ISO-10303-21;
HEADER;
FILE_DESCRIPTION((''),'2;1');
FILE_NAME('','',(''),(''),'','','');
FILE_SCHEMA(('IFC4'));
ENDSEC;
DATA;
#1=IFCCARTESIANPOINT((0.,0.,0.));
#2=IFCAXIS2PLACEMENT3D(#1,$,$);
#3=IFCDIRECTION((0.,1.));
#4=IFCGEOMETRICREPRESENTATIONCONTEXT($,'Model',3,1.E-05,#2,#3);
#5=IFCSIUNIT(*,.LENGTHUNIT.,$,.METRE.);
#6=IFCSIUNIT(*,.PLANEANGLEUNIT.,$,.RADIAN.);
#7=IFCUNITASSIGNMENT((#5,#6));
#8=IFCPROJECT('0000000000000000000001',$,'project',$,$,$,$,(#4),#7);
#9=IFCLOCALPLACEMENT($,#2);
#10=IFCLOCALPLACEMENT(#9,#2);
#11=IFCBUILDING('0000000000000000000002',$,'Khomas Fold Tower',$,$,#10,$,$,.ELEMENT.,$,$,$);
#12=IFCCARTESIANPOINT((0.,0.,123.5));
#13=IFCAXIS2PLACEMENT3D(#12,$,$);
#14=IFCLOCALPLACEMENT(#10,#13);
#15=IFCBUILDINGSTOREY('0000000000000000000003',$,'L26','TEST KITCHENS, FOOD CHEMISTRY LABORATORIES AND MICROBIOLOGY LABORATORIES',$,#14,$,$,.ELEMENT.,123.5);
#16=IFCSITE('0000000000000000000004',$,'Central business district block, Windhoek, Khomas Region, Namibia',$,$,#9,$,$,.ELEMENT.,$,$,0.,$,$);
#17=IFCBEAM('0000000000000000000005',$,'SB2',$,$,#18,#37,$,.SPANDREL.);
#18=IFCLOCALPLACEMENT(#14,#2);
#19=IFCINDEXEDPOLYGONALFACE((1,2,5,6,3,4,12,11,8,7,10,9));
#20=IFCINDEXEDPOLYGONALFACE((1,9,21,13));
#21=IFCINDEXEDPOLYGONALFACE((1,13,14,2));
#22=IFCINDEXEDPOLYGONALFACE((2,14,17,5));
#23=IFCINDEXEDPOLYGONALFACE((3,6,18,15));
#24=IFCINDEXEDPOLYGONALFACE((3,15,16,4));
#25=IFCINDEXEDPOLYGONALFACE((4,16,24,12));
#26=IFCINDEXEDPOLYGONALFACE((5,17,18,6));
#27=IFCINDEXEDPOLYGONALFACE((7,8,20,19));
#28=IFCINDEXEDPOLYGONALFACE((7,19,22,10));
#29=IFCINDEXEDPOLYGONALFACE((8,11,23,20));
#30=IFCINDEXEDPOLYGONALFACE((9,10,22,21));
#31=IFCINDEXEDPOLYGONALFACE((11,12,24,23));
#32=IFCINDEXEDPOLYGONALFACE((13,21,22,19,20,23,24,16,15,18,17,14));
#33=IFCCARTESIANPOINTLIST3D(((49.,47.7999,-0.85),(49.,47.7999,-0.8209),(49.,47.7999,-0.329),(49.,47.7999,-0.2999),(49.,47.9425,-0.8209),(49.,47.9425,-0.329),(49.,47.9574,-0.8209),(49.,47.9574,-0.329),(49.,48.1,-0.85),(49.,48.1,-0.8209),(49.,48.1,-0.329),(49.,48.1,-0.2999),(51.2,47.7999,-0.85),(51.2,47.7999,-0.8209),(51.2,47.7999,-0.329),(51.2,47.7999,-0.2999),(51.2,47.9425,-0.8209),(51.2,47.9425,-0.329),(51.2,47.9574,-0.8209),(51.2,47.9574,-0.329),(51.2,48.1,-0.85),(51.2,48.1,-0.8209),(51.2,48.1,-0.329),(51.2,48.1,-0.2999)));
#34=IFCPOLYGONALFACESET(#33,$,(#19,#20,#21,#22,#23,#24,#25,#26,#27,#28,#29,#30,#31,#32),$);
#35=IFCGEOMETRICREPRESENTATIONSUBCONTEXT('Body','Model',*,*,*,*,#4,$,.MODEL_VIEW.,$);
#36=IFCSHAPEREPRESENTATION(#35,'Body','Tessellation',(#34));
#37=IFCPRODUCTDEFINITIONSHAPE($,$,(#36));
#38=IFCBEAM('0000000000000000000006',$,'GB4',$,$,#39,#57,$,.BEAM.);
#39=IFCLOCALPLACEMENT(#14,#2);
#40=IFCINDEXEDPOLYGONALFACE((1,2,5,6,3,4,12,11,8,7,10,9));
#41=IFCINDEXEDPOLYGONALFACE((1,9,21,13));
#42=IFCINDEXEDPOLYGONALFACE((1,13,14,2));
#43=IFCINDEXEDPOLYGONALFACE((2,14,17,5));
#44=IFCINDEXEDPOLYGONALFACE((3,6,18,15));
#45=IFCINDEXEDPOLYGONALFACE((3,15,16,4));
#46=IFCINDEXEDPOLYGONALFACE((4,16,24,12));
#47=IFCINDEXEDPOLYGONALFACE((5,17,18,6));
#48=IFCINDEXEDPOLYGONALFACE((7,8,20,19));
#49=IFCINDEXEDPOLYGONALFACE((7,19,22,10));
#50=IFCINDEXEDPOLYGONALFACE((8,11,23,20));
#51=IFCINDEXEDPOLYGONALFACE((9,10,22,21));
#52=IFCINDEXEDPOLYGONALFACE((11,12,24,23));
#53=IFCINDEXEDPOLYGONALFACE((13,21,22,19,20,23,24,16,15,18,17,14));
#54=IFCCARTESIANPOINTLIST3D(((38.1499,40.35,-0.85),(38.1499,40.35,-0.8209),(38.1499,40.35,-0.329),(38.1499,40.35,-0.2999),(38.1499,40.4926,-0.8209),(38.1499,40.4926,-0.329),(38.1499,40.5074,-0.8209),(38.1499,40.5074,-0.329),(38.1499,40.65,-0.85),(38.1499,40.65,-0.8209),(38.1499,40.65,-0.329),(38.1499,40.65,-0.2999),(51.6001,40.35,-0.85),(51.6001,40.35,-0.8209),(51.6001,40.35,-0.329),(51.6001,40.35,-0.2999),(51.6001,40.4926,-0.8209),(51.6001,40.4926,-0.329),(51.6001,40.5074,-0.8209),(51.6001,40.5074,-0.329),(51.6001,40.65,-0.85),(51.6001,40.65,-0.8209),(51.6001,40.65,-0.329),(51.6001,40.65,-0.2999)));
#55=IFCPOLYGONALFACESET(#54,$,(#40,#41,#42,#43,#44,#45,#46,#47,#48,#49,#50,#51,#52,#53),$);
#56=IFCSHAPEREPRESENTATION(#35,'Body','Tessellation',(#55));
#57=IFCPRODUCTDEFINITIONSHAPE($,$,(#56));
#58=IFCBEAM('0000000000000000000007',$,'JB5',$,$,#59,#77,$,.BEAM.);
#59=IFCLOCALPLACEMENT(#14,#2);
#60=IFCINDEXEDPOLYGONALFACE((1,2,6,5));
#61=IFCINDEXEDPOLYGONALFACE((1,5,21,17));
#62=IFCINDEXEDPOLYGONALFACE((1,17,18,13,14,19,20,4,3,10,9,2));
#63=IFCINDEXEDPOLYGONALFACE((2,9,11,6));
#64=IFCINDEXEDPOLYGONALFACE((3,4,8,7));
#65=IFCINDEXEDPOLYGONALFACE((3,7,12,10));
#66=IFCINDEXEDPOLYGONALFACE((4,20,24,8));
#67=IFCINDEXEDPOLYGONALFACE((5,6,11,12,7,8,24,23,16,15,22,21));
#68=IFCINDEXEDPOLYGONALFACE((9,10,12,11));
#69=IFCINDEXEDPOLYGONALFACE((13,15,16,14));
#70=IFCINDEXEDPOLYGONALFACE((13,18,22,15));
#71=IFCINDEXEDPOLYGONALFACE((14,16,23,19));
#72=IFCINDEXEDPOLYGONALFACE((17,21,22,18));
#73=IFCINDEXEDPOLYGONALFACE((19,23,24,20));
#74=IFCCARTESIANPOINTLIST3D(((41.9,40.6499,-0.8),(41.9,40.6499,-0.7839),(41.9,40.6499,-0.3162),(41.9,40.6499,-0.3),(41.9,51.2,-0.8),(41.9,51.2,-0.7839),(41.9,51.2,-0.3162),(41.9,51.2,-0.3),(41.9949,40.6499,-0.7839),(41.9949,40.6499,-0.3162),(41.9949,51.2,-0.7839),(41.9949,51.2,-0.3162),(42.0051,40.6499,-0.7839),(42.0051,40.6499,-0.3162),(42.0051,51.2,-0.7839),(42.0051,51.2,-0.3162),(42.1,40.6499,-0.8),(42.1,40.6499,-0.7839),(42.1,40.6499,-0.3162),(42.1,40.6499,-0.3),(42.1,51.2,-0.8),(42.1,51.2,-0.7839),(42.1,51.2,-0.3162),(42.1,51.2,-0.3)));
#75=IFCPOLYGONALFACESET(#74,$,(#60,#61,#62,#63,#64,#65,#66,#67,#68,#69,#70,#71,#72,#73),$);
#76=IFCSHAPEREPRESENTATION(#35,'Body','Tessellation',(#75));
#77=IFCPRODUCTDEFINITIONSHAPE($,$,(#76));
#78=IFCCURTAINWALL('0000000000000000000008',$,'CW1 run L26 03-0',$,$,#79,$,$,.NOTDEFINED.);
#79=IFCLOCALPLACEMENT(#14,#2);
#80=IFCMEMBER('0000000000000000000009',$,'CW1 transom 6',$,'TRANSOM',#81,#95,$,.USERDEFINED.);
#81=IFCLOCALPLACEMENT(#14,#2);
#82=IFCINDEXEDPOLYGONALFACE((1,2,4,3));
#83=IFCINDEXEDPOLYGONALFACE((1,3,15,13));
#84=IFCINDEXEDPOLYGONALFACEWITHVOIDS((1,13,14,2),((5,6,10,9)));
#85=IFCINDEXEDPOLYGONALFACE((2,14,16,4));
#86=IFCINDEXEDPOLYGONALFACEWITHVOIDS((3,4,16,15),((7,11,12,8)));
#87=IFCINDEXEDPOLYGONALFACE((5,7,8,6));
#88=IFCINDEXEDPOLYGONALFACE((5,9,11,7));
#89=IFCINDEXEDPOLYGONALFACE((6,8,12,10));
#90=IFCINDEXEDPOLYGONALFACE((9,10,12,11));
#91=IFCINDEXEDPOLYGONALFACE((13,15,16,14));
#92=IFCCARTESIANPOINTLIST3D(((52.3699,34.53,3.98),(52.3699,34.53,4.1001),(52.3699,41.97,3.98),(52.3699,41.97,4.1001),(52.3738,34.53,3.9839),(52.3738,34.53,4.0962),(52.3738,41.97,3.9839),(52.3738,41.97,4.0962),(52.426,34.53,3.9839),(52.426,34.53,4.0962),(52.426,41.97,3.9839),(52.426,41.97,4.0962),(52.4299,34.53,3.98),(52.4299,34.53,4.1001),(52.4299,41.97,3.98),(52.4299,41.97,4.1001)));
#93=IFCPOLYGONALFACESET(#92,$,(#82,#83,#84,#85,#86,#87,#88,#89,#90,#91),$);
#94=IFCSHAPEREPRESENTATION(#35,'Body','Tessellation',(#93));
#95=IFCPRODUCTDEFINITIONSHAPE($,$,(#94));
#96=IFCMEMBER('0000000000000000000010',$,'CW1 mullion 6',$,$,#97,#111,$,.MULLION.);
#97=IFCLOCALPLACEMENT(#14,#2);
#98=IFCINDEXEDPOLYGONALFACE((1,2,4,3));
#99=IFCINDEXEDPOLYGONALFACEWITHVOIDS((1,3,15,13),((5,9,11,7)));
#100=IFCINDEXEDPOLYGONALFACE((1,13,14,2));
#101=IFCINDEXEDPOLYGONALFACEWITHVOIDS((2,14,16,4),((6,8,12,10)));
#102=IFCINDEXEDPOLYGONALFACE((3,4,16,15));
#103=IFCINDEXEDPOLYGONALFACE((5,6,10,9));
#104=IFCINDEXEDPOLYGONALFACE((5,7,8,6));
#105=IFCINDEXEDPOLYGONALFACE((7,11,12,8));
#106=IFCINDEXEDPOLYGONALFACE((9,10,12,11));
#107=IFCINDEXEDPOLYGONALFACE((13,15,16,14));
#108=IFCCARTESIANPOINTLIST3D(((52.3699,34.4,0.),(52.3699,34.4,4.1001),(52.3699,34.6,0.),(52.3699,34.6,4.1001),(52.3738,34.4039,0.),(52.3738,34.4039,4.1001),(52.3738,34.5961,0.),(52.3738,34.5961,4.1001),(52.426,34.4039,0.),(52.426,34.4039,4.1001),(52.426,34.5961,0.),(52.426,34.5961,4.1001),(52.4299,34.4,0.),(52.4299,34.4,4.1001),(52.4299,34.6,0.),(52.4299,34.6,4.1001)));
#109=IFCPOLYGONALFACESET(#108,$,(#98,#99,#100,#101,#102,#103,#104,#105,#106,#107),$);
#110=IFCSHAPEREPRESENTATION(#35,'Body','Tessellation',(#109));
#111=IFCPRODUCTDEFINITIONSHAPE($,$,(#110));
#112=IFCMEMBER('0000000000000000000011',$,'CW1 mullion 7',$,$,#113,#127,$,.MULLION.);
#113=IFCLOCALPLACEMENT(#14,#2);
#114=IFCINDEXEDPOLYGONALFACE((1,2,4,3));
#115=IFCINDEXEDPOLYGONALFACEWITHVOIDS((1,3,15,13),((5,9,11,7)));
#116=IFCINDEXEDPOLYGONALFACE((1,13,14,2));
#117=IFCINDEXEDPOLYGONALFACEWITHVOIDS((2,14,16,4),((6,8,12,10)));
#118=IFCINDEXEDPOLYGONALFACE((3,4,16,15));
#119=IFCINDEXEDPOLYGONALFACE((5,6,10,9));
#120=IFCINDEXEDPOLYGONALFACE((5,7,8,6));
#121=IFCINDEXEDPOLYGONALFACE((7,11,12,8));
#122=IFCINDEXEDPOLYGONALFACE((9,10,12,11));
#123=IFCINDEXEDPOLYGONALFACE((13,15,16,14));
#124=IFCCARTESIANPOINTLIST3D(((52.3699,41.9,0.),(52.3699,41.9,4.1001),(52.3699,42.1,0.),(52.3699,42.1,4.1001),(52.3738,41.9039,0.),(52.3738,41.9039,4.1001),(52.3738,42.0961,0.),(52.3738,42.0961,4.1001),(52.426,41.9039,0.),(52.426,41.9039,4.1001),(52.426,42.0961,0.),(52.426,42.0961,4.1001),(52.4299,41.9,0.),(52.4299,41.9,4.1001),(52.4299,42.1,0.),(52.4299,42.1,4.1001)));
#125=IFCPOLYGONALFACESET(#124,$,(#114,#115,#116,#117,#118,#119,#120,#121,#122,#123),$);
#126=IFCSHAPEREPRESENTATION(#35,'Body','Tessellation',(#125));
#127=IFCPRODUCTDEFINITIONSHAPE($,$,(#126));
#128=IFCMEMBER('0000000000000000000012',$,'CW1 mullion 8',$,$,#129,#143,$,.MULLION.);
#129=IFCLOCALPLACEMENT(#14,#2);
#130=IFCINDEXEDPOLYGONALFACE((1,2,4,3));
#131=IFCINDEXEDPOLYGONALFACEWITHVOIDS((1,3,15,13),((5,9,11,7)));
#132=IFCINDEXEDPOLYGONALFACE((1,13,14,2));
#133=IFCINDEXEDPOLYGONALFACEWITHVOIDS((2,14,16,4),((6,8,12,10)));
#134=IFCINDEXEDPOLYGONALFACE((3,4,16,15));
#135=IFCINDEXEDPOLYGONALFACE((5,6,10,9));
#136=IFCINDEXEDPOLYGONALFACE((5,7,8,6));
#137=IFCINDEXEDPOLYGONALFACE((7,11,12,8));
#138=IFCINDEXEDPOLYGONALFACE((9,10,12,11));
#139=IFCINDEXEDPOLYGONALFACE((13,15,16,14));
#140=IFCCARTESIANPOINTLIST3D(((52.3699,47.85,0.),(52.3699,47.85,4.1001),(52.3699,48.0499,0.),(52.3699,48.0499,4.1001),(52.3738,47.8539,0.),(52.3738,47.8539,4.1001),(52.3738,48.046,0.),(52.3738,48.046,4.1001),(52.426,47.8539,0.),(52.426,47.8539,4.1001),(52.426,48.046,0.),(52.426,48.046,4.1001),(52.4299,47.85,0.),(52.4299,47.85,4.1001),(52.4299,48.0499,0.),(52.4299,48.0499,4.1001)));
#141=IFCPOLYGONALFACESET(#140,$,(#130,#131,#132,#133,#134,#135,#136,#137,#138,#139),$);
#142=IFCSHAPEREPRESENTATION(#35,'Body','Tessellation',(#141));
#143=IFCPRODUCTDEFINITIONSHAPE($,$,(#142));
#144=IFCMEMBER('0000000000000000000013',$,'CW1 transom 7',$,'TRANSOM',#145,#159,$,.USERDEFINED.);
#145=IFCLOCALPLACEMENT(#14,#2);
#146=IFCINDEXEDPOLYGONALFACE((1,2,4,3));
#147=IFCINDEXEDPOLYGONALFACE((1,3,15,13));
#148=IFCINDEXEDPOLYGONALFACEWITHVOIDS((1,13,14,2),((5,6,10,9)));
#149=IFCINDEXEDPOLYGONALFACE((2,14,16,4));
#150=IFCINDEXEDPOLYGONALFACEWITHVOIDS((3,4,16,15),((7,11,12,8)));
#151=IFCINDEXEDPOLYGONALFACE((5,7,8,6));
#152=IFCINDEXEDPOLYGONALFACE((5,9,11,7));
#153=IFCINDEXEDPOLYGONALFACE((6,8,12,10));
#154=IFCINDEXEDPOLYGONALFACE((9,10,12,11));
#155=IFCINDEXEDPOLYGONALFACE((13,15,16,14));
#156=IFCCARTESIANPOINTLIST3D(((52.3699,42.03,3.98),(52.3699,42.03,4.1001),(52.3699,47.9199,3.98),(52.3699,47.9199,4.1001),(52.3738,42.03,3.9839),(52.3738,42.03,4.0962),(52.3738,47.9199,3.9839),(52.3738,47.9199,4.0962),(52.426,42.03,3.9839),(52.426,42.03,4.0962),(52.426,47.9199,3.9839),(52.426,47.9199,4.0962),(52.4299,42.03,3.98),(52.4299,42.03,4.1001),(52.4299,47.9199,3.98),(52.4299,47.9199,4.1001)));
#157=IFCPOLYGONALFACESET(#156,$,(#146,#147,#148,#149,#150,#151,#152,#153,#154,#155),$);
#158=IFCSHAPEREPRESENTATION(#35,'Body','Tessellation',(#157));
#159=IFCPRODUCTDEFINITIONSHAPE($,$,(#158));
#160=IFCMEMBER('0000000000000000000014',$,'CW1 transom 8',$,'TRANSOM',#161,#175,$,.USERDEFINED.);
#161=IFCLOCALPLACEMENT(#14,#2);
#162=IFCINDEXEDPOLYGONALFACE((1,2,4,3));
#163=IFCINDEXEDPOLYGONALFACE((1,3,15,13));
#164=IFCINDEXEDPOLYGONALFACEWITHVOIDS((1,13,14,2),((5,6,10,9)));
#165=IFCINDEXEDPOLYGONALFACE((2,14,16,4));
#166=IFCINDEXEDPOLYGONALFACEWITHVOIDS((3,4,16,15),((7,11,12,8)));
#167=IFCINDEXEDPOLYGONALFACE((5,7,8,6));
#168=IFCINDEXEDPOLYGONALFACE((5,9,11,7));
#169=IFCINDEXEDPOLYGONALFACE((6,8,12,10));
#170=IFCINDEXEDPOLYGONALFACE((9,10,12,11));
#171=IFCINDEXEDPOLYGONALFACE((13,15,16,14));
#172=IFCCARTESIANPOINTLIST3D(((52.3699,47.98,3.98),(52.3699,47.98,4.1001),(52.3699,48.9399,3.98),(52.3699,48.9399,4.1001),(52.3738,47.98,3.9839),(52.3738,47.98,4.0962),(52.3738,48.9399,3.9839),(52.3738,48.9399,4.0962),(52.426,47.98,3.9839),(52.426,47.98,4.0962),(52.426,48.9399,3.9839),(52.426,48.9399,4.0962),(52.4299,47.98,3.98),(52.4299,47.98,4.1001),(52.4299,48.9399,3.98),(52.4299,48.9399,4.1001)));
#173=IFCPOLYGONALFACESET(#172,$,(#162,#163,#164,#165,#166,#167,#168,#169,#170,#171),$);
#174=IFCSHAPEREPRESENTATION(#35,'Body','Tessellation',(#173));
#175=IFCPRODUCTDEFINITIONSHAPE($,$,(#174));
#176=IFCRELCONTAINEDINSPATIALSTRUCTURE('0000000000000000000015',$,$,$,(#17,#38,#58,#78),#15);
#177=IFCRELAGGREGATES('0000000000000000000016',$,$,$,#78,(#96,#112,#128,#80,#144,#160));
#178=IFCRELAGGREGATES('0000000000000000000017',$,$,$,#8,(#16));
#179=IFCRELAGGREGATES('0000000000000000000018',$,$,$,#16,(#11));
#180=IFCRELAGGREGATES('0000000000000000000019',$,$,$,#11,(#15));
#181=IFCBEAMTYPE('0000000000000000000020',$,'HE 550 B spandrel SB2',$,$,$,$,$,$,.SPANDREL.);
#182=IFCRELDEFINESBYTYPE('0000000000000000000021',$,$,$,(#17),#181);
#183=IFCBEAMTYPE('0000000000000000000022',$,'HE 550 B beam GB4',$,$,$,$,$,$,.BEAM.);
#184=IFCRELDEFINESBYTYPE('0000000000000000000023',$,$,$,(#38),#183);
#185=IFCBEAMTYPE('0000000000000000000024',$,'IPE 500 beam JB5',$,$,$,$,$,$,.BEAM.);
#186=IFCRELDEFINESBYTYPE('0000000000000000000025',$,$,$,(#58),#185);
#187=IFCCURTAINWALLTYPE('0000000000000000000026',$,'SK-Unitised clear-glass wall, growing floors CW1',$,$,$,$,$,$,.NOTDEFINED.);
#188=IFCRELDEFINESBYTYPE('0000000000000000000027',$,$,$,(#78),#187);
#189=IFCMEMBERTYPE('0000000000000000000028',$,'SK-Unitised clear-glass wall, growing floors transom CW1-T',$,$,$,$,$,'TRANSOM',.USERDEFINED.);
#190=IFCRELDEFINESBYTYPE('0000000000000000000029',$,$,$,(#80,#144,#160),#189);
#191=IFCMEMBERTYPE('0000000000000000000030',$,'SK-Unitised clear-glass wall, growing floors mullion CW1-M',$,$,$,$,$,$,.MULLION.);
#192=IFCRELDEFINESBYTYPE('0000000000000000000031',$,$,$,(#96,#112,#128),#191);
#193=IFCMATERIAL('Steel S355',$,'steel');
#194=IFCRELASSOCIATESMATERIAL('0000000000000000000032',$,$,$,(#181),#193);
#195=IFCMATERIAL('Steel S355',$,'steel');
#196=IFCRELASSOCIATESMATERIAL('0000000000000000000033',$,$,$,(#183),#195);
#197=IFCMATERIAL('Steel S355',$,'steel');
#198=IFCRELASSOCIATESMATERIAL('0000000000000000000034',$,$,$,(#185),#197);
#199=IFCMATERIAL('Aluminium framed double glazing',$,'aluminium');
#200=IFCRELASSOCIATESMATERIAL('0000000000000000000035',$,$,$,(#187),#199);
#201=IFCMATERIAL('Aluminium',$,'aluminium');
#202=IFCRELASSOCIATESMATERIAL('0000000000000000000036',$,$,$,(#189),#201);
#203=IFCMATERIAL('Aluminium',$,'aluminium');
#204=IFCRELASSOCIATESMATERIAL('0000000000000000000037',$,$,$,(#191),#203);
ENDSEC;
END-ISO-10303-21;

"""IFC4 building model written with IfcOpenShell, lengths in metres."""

from ifc_helpers import new_model, si_unit, direction, frame, origin, origin_2d, place, context, subcontext, project, spatial, hollow_rectangle, i_section, extrude, source, transform, mapped, material, material_profile, profile_set, type_object, element, aggregate, save


model = new_model("IFC4")

# Units and contexts
model_context = context("Model", 3, precision=1e-05, world=origin(), true_north=direction((0.0, 1.0)))
body_context = subcontext(model_context, "Body", "Model", "MODEL_VIEW")
ifc_project = project(units=[si_unit("LENGTHUNIT", "METRE"), si_unit("PLANEANGLEUNIT", "RADIAN")], contexts=[model_context])

# Site, building, storey
site_placement = place(None, origin())
site = spatial("IfcSite", under=ifc_project, at=site_placement, Name="Central business district block, Windhoek, Khomas Region, Namibia", CompositionType="ELEMENT", RefElevation=0.0)
building_placement = place(site_placement, origin())
building = spatial("IfcBuilding", under=site, at=building_placement, Name="Khomas Fold Tower", CompositionType="ELEMENT")
storey_placement = place(building_placement, frame((0.0, 0.0, 123.5)))
storey = spatial("IfcBuildingStorey", under=building, at=storey_placement, Name="L26", Description="TEST KITCHENS, FOOD CHEMISTRY LABORATORIES AND MICROBIOLOGY LABORATORIES", CompositionType="ELEMENT", Elevation=123.5)

# Beams
ifc_material_1 = material(Name="Steel S355", Category="steel")
ifc_material_profile_1 = material_profile(ifc_material_1, i_section(OverallWidth=0.3, OverallDepth=0.55, WebThickness=0.0149, FlangeThickness=0.0291, at=origin_2d()), Name="HE 550 B")
ifc_profile_set_1 = profile_set([ifc_material_profile_1], Name="Steel S355")
beam_type_1 = type_object("IfcBeamType", Name="HE 550 B spandrel SB2", PredefinedType="SPANDREL", material=ifc_profile_set_1)
shared_shape_1 = source(origin(), body_context, "Body", "SweptSolid", [
    extrude(i_section(OverallWidth=0.3, OverallDepth=0.55, WebThickness=0.0149, FlangeThickness=0.0291, at=origin_2d()), origin(), (0.0, 0.0, 1.0), 2.2),
])
beam_1_placement = place(storey_placement, frame((49.0, 47.95, -0.575), z_axis=(1.0, 0.0, 0.0), x_axis=(0.0, 1.0, 0.0)))
element("IfcBeam", 1, at=beam_1_placement, inside=storey, type_object=beam_type_1, Name="SB2", PredefinedType="SPANDREL", context=body_context, shape_type="MappedRepresentation", body=[
    mapped(shared_shape_1, transform((0.0, 0.0, 0.0))),
])
ifc_material_2 = material(Name="Steel S355", Category="steel")
ifc_material_profile_2 = material_profile(ifc_material_2, i_section(OverallWidth=0.3, OverallDepth=0.55, WebThickness=0.0149, FlangeThickness=0.0291, at=origin_2d()), Name="HE 550 B")
ifc_profile_set_2 = profile_set([ifc_material_profile_2], Name="Steel S355")
beam_type_2 = type_object("IfcBeamType", Name="HE 550 B beam GB4", PredefinedType="BEAM", material=ifc_profile_set_2)
shared_shape_2 = source(origin(), body_context, "Body", "SweptSolid", [
    extrude(i_section(OverallWidth=0.3, OverallDepth=0.55, WebThickness=0.0149, FlangeThickness=0.0291, at=origin_2d()), origin(), (0.0, 0.0, 1.0), 13.4502),
])
beam_2_placement = place(storey_placement, frame((38.1499, 40.5, -0.575), z_axis=(1.0, 0.0, 0.0), x_axis=(0.0, 1.0, 0.0)))
element("IfcBeam", 2, at=beam_2_placement, inside=storey, type_object=beam_type_2, Name="GB4", PredefinedType="BEAM", context=body_context, shape_type="MappedRepresentation", body=[
    mapped(shared_shape_2, transform((0.0, 0.0, 0.0))),
])
ifc_material_3 = material(Name="Steel S355", Category="steel")
ifc_material_profile_3 = material_profile(ifc_material_3, i_section(OverallWidth=0.2, OverallDepth=0.5, WebThickness=0.0103, FlangeThickness=0.0161, at=origin_2d()), Name="IPE 500")
ifc_profile_set_3 = profile_set([ifc_material_profile_3], Name="Steel S355")
beam_type_3 = type_object("IfcBeamType", Name="IPE 500 beam JB5", PredefinedType="BEAM", material=ifc_profile_set_3)
shared_shape_3 = source(origin(), body_context, "Body", "SweptSolid", [
    extrude(i_section(OverallWidth=0.2, OverallDepth=0.5, WebThickness=0.0103, FlangeThickness=0.0161, at=origin_2d()), origin(), (0.0, 0.0, 1.0), 10.55),
])
beam_3_placement = place(storey_placement, frame((42.0, 40.6499, -0.55), z_axis=(0.0, 1.0, 0.0), x_axis=(-1.0, 0.0, 0.0)))
element("IfcBeam", 3, at=beam_3_placement, inside=storey, type_object=beam_type_3, Name="JB5", PredefinedType="BEAM", context=body_context, shape_type="MappedRepresentation", body=[
    mapped(shared_shape_3, transform((0.0, 0.0, 0.0))),
])

# Curtain wall, members
ifc_material_4 = material(Name="Aluminium framed double glazing", Category="aluminium")
curtain_wall_type = type_object("IfcCurtainWallType", Name="SK-Unitised clear-glass wall, growing floors CW1", PredefinedType="NOTDEFINED", material=ifc_material_4)
curtain_wall_placement = place(storey_placement, origin())
curtain_wall = element("IfcCurtainWall", 4, at=curtain_wall_placement, inside=storey, type_object=curtain_wall_type, Name="CW1 run L26 03-0", PredefinedType="NOTDEFINED")
ifc_material_5 = material(Name="Aluminium", Category="aluminium")
ifc_material_profile_4 = material_profile(ifc_material_5, hollow_rectangle(XDim=0.0601, YDim=0.1201, WallThickness=0.0039, at=origin_2d()), Name="SK-Unitised clear-glass wall, growing floors transom CW1-T")
ifc_profile_set_4 = profile_set([ifc_material_profile_4], Name="Aluminium")
member_type_1 = type_object("IfcMemberType", Name="SK-Unitised clear-glass wall, growing floors transom CW1-T", ElementType="TRANSOM", PredefinedType="USERDEFINED", material=ifc_profile_set_4)
shared_shape_4 = source(origin(), body_context, "Body", "SweptSolid", [
    extrude(hollow_rectangle(XDim=0.0601, YDim=0.1201, WallThickness=0.0039, at=origin_2d()), origin(), (0.0, 0.0, 1.0), 7.4399),
])
member_1_placement = place(storey_placement, frame((52.3999, 34.53, 4.04), z_axis=(0.0, 1.0, 0.0), x_axis=(-1.0, 0.0, 0.0)))
member_1 = element("IfcMember", 5, at=member_1_placement, type_object=member_type_1, Name="CW1 transom 6", ObjectType="TRANSOM", PredefinedType="USERDEFINED", context=body_context, shape_type="MappedRepresentation", body=[
    mapped(shared_shape_4, transform((0.0, 0.0, 0.0))),
])
ifc_material_6 = material(Name="Aluminium", Category="aluminium")
ifc_material_profile_5 = material_profile(ifc_material_6, hollow_rectangle(XDim=0.0601, YDim=0.2, WallThickness=0.0039, at=origin_2d()), Name="SK-Unitised clear-glass wall, growing floors mullion CW1-M")
ifc_profile_set_5 = profile_set([ifc_material_profile_5], Name="Aluminium")
member_type_2 = type_object("IfcMemberType", Name="SK-Unitised clear-glass wall, growing floors mullion CW1-M", PredefinedType="MULLION", material=ifc_profile_set_5)
shared_shape_5 = source(origin(), body_context, "Body", "SweptSolid", [
    extrude(hollow_rectangle(XDim=0.0601, YDim=0.2, WallThickness=0.0039, at=origin_2d()), origin(), (0.0, 0.0, 1.0), 4.1001),
])
member_2_placement = place(storey_placement, frame((52.3999, 34.5, 0.0), z_axis=(0.0, 0.0, 1.0), x_axis=(-1.0, 0.0, 0.0)))
member_2 = element("IfcMember", 6, at=member_2_placement, type_object=member_type_2, Name="CW1 mullion 6", PredefinedType="MULLION", context=body_context, shape_type="MappedRepresentation", body=[
    mapped(shared_shape_5, transform((0.0, 0.0, 0.0))),
])
member_3_placement = place(storey_placement, frame((52.3999, 42.0, 0.0), z_axis=(0.0, 0.0, 1.0), x_axis=(-1.0, 0.0, 0.0)))
member_3 = element("IfcMember", 7, at=member_3_placement, type_object=member_type_2, Name="CW1 mullion 7", PredefinedType="MULLION", context=body_context, shape_type="MappedRepresentation", body=[
    mapped(shared_shape_5, transform((0.0, 0.0, 0.0))),
])
member_4_placement = place(storey_placement, frame((52.3999, 47.95, 0.0), z_axis=(0.0, 0.0, 1.0), x_axis=(-1.0, 0.0, 0.0)))
member_4 = element("IfcMember", 8, at=member_4_placement, type_object=member_type_2, Name="CW1 mullion 8", PredefinedType="MULLION", context=body_context, shape_type="MappedRepresentation", body=[
    mapped(shared_shape_5, transform((0.0, 0.0, 0.0))),
])
shared_shape_6 = source(origin(), body_context, "Body", "SweptSolid", [
    extrude(hollow_rectangle(XDim=0.0601, YDim=0.1201, WallThickness=0.0039, at=origin_2d()), origin(), (0.0, 0.0, 1.0), 5.8899),
])
member_5_placement = place(storey_placement, frame((52.3999, 42.03, 4.04), z_axis=(0.0, 1.0, 0.0), x_axis=(-1.0, 0.0, 0.0)))
member_5 = element("IfcMember", 9, at=member_5_placement, type_object=member_type_1, Name="CW1 transom 7", ObjectType="TRANSOM", PredefinedType="USERDEFINED", context=body_context, shape_type="MappedRepresentation", body=[
    mapped(shared_shape_6, transform((0.0, 0.0, 0.0))),
])
shared_shape_7 = source(origin(), body_context, "Body", "SweptSolid", [
    extrude(hollow_rectangle(XDim=0.0601, YDim=0.1201, WallThickness=0.0039, at=origin_2d()), origin(), (0.0, 0.0, 1.0), 0.96),
])
member_6_placement = place(storey_placement, frame((52.3999, 47.98, 4.04), z_axis=(0.0, 1.0, 0.0), x_axis=(-1.0, 0.0, 0.0)))
member_6 = element("IfcMember", 10, at=member_6_placement, type_object=member_type_1, Name="CW1 transom 8", ObjectType="TRANSOM", PredefinedType="USERDEFINED", context=body_context, shape_type="MappedRepresentation", body=[
    mapped(shared_shape_7, transform((0.0, 0.0, 0.0))),
])
aggregate(curtain_wall, [member_2, member_3, member_4, member_1, member_5, member_6])

save(model, "model.ifc")
